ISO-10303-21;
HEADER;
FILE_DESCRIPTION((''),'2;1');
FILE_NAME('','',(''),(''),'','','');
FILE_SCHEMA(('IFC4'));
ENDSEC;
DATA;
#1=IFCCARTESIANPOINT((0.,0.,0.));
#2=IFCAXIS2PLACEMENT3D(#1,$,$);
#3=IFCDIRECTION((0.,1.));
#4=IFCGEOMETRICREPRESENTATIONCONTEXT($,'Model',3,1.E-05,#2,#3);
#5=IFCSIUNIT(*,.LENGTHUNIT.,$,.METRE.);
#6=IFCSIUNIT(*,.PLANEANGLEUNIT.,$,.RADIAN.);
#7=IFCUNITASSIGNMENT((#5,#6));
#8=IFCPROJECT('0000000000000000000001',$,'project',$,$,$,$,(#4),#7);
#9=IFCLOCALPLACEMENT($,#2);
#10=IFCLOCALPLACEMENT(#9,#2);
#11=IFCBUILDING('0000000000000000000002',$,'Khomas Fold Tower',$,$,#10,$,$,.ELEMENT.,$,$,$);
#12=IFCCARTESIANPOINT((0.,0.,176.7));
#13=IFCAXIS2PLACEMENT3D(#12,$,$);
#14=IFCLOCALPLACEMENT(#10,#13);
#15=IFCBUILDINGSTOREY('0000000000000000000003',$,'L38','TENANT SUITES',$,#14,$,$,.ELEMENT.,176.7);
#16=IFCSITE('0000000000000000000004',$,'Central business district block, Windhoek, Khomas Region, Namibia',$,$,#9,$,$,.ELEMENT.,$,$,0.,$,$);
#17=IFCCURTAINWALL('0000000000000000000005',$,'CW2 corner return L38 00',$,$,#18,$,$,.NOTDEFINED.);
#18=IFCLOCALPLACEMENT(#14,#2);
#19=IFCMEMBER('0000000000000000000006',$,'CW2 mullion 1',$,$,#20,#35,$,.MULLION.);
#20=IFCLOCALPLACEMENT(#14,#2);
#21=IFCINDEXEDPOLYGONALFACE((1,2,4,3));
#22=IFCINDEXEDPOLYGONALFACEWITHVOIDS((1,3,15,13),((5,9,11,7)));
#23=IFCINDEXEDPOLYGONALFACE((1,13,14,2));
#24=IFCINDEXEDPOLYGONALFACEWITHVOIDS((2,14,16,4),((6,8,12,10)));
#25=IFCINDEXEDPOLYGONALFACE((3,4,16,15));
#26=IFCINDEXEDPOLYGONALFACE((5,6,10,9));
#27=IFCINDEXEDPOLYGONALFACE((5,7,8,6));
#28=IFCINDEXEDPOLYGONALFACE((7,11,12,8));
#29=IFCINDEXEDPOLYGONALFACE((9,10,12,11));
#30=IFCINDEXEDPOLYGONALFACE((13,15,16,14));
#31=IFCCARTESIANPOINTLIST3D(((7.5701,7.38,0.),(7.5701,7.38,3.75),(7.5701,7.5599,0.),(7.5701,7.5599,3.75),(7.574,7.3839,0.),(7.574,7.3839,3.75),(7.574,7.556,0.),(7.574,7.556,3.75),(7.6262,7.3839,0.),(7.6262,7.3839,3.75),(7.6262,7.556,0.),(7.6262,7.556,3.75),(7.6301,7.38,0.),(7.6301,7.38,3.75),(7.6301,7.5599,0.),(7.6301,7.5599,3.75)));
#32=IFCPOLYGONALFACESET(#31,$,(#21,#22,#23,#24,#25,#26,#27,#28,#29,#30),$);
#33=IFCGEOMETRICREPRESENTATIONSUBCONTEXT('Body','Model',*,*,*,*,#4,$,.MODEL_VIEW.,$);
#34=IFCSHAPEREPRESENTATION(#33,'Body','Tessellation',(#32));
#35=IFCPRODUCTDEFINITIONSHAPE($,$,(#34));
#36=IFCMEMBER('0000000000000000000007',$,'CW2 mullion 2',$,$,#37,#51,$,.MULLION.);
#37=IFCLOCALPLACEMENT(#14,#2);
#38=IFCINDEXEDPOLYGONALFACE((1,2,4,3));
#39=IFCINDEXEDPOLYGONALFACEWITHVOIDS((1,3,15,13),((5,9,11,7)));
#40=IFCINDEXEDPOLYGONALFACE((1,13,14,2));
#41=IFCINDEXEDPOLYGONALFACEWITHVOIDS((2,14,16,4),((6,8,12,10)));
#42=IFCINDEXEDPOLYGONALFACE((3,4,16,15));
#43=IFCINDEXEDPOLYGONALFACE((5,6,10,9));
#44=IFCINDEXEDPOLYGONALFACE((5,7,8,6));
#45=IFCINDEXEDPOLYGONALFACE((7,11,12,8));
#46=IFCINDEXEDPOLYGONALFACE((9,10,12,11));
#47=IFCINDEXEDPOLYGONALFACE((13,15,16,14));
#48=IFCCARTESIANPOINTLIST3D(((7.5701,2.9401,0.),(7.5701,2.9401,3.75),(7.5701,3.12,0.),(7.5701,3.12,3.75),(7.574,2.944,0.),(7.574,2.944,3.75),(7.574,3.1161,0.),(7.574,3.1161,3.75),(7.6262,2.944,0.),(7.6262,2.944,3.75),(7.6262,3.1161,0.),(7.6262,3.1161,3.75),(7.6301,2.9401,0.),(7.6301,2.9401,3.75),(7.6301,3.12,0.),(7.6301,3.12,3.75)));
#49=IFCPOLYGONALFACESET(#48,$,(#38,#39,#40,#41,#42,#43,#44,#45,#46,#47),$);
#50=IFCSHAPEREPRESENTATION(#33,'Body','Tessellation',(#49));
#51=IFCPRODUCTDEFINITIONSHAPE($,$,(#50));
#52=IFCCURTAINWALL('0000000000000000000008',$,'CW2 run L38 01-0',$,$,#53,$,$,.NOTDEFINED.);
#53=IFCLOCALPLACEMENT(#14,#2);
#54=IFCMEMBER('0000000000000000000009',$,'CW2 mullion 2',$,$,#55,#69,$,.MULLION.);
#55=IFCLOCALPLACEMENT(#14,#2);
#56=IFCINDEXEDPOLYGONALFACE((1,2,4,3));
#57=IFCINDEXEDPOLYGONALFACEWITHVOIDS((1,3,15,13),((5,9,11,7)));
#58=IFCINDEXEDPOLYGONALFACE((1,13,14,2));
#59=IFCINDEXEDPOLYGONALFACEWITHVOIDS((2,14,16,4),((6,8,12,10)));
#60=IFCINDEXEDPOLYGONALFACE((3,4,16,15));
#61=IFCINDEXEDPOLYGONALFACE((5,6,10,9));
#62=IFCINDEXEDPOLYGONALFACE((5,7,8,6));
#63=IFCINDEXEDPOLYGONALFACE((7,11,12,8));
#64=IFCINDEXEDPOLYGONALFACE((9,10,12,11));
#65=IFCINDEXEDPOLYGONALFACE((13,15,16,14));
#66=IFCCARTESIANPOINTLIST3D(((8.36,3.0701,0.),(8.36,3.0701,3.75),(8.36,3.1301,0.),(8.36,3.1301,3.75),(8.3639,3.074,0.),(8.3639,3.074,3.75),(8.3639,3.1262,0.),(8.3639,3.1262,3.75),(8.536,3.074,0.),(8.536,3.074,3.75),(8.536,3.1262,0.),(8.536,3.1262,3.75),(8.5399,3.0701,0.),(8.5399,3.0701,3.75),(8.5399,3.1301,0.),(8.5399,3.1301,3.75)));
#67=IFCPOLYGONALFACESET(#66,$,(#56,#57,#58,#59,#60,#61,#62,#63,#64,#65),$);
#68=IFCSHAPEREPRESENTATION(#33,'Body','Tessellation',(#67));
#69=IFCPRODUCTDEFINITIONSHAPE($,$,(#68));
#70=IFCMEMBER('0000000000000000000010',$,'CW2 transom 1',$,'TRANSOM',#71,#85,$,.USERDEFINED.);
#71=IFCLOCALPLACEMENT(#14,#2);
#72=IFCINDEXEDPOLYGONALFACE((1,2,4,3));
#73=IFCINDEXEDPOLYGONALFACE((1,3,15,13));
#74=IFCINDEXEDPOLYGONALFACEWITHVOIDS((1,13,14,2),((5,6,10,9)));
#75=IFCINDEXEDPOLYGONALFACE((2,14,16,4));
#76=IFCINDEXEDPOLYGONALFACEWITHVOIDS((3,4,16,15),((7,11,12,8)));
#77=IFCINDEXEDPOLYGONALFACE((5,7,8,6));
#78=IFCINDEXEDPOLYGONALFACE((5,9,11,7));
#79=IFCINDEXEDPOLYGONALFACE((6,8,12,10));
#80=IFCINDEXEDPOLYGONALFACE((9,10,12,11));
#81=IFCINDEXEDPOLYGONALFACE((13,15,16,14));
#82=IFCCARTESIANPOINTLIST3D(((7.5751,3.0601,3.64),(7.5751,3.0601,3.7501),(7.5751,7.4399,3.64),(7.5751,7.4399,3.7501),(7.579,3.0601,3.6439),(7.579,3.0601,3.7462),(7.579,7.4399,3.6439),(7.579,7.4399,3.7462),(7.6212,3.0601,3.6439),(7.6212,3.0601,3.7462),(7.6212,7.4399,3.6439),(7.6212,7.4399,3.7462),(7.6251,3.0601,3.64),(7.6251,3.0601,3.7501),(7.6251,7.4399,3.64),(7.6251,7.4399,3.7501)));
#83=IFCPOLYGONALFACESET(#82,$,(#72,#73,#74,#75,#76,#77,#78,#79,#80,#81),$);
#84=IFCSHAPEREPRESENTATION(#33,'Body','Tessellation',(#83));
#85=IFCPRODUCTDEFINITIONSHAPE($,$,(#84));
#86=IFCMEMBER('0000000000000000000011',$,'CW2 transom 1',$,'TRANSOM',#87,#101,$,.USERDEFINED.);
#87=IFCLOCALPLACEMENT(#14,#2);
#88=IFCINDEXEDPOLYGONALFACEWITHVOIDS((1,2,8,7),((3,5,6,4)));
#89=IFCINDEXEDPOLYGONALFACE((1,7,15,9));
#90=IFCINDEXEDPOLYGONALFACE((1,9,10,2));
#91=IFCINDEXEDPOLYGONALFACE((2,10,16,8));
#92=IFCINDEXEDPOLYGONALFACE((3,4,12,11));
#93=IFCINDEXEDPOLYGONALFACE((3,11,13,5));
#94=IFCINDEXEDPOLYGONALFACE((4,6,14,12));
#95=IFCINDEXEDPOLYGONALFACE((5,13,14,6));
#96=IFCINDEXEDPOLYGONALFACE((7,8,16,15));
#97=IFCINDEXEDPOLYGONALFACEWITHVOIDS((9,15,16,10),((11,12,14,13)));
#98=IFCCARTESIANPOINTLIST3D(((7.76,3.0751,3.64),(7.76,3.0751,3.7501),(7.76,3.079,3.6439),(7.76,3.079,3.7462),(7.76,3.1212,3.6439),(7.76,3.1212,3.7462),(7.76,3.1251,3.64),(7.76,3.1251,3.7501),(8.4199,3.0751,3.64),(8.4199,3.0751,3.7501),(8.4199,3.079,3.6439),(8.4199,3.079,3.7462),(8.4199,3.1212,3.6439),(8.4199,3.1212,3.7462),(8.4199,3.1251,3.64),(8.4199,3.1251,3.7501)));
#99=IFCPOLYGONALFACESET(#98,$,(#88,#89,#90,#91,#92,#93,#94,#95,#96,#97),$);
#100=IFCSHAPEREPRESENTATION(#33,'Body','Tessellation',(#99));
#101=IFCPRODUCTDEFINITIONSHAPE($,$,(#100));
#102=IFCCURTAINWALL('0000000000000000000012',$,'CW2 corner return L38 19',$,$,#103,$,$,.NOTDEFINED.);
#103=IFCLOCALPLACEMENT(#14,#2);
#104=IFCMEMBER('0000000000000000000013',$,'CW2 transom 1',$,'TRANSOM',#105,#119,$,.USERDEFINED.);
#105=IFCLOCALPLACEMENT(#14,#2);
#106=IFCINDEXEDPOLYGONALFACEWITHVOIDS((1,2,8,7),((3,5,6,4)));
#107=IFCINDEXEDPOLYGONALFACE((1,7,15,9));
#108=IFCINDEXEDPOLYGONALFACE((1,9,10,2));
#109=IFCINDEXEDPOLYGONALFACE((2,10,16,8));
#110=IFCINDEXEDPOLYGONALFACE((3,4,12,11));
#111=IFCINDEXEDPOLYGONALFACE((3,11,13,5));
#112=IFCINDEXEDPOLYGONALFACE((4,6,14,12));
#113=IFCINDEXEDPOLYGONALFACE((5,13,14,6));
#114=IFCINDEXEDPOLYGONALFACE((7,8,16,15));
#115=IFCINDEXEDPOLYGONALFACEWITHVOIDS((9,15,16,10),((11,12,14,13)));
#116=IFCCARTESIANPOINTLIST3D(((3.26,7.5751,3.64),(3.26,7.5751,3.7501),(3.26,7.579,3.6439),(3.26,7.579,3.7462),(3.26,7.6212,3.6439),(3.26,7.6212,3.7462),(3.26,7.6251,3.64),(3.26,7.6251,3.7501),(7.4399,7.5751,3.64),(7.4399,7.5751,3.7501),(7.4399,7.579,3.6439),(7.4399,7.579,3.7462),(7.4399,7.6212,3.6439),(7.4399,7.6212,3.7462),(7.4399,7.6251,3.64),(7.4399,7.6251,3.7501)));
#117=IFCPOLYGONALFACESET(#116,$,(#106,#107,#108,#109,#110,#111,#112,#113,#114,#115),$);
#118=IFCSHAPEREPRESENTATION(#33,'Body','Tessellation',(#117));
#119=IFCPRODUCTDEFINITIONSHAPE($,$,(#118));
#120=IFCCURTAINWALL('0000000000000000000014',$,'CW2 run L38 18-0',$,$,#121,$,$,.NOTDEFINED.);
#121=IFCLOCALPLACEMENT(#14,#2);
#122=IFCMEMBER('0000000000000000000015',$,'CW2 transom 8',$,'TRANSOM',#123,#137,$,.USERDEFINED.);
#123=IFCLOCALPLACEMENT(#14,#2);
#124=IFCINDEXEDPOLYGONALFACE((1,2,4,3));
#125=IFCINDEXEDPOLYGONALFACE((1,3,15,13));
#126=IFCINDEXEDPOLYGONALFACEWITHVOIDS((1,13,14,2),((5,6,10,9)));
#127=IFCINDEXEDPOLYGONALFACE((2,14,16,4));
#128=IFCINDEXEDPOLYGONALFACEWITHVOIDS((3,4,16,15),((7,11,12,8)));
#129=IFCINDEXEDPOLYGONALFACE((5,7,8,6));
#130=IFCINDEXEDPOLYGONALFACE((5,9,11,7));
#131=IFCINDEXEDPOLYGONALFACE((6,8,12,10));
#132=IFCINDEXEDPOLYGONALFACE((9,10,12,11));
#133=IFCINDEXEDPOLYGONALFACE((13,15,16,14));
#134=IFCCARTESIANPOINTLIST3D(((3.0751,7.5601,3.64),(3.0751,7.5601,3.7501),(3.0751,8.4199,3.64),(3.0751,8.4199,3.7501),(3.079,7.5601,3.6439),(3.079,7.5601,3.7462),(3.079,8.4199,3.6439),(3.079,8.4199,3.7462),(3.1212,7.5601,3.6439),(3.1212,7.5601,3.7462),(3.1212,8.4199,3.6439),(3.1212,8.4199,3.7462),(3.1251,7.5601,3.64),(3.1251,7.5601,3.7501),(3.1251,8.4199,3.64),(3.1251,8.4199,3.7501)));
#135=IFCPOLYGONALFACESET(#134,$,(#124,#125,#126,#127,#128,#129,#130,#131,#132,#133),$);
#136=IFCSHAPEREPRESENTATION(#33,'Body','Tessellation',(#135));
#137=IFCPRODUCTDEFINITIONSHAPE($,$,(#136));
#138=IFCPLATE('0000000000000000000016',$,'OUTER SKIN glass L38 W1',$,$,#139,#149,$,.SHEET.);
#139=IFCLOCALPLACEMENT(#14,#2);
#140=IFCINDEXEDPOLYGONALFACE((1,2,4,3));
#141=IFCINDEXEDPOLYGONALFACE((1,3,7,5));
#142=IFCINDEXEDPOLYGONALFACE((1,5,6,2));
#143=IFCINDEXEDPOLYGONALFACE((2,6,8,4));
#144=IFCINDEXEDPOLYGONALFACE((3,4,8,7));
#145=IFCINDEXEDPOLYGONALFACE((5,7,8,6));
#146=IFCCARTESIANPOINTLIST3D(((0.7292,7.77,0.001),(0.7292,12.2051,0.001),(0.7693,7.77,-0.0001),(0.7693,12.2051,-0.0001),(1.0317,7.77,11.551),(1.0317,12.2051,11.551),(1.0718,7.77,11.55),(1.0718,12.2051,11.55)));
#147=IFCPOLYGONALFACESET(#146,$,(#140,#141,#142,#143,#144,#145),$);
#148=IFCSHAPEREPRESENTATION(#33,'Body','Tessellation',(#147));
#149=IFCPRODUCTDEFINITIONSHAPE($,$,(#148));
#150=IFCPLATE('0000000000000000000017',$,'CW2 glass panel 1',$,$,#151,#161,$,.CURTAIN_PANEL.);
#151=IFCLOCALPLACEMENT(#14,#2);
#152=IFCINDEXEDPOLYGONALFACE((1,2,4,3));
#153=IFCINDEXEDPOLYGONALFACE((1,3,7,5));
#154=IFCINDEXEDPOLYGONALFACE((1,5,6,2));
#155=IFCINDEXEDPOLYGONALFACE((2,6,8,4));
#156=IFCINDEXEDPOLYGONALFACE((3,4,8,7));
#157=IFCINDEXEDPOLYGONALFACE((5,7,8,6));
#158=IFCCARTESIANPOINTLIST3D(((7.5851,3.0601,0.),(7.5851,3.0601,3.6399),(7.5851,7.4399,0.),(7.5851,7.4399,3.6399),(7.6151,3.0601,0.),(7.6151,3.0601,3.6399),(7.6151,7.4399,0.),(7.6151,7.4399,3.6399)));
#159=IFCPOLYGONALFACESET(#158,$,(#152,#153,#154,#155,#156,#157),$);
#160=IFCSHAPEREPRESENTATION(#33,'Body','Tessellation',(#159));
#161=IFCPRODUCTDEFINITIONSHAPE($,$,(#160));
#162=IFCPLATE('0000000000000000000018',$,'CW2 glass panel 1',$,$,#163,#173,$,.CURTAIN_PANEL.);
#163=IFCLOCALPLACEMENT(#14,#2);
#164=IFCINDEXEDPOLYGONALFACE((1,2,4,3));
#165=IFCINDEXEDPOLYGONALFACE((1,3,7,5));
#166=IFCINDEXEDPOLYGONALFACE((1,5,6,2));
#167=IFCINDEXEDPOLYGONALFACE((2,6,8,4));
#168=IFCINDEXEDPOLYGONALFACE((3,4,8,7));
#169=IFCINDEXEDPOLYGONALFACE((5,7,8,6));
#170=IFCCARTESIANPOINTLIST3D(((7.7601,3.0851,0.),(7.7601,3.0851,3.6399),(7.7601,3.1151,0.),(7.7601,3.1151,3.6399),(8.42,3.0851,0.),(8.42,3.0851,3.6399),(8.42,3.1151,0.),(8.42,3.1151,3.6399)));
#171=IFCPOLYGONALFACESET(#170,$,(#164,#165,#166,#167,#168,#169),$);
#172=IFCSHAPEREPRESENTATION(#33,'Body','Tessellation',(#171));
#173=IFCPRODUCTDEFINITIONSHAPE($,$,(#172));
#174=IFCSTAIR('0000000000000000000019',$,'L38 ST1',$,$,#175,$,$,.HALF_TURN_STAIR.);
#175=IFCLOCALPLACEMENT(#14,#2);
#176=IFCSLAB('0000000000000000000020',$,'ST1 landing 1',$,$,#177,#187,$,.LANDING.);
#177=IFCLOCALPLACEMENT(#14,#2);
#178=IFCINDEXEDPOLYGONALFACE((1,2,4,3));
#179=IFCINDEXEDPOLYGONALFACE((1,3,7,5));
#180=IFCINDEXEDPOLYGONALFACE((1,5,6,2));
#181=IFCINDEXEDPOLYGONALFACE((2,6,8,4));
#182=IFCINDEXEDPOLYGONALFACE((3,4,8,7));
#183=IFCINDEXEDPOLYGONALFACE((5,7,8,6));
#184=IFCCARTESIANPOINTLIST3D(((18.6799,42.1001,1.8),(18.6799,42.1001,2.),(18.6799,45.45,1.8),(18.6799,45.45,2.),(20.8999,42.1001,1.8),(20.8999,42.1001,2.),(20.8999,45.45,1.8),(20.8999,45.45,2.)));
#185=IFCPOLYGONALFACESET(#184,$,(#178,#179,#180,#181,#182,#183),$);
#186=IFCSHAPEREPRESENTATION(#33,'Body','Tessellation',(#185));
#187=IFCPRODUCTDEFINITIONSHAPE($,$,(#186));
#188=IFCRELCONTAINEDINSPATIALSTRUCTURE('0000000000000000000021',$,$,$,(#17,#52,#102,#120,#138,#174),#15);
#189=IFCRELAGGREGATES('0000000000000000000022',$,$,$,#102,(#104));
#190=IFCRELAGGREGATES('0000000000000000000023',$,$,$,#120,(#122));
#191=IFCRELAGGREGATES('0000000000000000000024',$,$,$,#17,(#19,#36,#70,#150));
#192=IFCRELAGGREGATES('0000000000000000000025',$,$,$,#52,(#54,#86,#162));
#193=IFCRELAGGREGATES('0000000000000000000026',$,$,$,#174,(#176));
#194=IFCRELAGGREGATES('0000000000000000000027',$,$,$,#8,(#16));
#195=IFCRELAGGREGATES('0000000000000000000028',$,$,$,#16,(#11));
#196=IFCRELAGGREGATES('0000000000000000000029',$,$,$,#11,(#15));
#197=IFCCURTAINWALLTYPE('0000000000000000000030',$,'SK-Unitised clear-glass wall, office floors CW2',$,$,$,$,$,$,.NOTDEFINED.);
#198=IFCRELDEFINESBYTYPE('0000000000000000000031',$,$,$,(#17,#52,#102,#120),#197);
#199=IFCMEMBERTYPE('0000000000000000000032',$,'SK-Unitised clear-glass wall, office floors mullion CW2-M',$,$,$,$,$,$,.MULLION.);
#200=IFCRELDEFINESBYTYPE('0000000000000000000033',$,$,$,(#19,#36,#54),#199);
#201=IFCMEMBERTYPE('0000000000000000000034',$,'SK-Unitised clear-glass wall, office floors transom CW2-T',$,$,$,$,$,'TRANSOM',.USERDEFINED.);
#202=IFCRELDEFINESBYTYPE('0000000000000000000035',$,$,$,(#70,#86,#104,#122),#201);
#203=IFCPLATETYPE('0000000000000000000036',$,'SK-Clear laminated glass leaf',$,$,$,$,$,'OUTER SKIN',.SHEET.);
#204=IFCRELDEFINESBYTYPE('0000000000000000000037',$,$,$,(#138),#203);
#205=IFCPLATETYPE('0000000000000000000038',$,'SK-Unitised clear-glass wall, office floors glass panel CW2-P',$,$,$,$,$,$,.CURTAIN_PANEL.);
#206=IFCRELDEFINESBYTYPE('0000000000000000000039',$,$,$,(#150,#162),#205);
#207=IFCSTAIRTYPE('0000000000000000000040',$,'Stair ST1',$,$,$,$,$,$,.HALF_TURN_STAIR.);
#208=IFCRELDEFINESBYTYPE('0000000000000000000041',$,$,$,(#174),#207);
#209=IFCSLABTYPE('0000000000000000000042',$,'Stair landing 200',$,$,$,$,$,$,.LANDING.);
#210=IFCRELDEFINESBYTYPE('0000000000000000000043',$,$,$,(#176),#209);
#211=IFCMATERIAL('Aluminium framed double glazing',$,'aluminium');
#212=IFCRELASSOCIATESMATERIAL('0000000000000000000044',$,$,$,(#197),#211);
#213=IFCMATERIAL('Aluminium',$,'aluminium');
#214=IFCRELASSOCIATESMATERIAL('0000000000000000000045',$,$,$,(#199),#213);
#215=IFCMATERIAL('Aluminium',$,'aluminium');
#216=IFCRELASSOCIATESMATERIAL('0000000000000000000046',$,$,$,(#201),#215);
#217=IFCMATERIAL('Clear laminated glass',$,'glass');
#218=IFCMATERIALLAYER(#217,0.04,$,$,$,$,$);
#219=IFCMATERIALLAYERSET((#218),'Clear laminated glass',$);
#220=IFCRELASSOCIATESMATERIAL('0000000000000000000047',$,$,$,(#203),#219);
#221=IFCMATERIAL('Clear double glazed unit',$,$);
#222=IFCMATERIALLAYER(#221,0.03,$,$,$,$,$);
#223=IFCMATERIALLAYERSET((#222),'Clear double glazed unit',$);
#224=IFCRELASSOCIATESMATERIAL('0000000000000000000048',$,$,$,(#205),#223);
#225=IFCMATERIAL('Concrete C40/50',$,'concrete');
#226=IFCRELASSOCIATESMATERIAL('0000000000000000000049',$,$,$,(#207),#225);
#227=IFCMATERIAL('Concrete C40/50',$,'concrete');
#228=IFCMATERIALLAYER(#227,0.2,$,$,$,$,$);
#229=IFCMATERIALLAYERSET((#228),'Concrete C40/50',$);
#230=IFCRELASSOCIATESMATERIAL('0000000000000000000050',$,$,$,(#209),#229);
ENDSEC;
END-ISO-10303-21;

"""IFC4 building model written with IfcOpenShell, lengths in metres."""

from ifc_helpers import new_model, si_unit, direction, frame, origin, origin_2d, place, context, subcontext, project, spatial, polyline, rectangle, hollow_rectangle, outline, extrude, source, transform, mapped, material, layer, layer_set, material_profile, profile_set, type_object, element, aggregate, save


model = new_model("IFC4")

# Units and contexts
model_context = context("Model", 3, precision=1e-05, world=origin(), true_north=direction((0.0, 1.0)))
body_context = subcontext(model_context, "Body", "Model", "MODEL_VIEW")
ifc_project = project(units=[si_unit("LENGTHUNIT", "METRE"), si_unit("PLANEANGLEUNIT", "RADIAN")], contexts=[model_context])

# Site, building, storey
site_placement = place(None, origin())
site = spatial("IfcSite", under=ifc_project, at=site_placement, Name="Central business district block, Windhoek, Khomas Region, Namibia", CompositionType="ELEMENT", RefElevation=0.0)
building_placement = place(site_placement, origin())
building = spatial("IfcBuilding", under=site, at=building_placement, Name="Khomas Fold Tower", CompositionType="ELEMENT")
storey_placement = place(building_placement, frame((0.0, 0.0, 176.7)))
storey = spatial("IfcBuildingStorey", under=building, at=storey_placement, Name="L38", Description="TENANT SUITES", CompositionType="ELEMENT", Elevation=176.7)

# Curtain wall, members
ifc_material_1 = material(Name="Aluminium framed double glazing", Category="aluminium")
curtain_wall_type = type_object("IfcCurtainWallType", Name="SK-Unitised clear-glass wall, office floors CW2", PredefinedType="NOTDEFINED", material=ifc_material_1)
curtain_wall_1_placement = place(storey_placement, origin())
curtain_wall_1 = element("IfcCurtainWall", 1, at=curtain_wall_1_placement, inside=storey, type_object=curtain_wall_type, Name="CW2 corner return L38 00", PredefinedType="NOTDEFINED")
ifc_material_2 = material(Name="Aluminium", Category="aluminium")
ifc_material_profile_1 = material_profile(ifc_material_2, hollow_rectangle(XDim=0.0601, YDim=0.1799, WallThickness=0.0039, at=origin_2d()), Name="SK-Unitised clear-glass wall, office floors mullion CW2-M")
ifc_profile_set_1 = profile_set([ifc_material_profile_1], Name="Aluminium")
member_type_1 = type_object("IfcMemberType", Name="SK-Unitised clear-glass wall, office floors mullion CW2-M", PredefinedType="MULLION", material=ifc_profile_set_1)
shared_shape_1 = source(origin(), body_context, "Body", "SweptSolid", [
    extrude(hollow_rectangle(XDim=0.0601, YDim=0.1799, WallThickness=0.0039, at=origin_2d()), origin(), (0.0, 0.0, 1.0), 3.75),
])
member_1_placement = place(storey_placement, frame((7.6001, 7.47, 0.0), z_axis=(0.0, 0.0, 1.0), x_axis=(1.0, 0.0, 0.0)))
member_1 = element("IfcMember", 2, at=member_1_placement, type_object=member_type_1, Name="CW2 mullion 1", PredefinedType="MULLION", context=body_context, shape_type="MappedRepresentation", body=[
    mapped(shared_shape_1, transform((0.0, 0.0, 0.0))),
])
member_2_placement = place(storey_placement, frame((7.6001, 3.03, 0.0), z_axis=(0.0, 0.0, 1.0), x_axis=(1.0, 0.0, 0.0)))
member_2 = element("IfcMember", 3, at=member_2_placement, type_object=member_type_1, Name="CW2 mullion 2", PredefinedType="MULLION", context=body_context, shape_type="MappedRepresentation", body=[
    mapped(shared_shape_1, transform((0.0, 0.0, 0.0))),
])

# Curtain wall, member
curtain_wall_2_placement = place(storey_placement, origin())
curtain_wall_2 = element("IfcCurtainWall", 4, at=curtain_wall_2_placement, inside=storey, type_object=curtain_wall_type, Name="CW2 run L38 01-0", PredefinedType="NOTDEFINED")
member_3_placement = place(storey_placement, frame((8.45, 3.1001, 0.0), z_axis=(0.0, 0.0, 1.0), x_axis=(0.0, 1.0, 0.0)))
member_3 = element("IfcMember", 5, at=member_3_placement, type_object=member_type_1, Name="CW2 mullion 2", PredefinedType="MULLION", context=body_context, shape_type="MappedRepresentation", body=[
    mapped(shared_shape_1, transform((0.0, 0.0, 0.0))),
])

# Members
ifc_material_3 = material(Name="Aluminium", Category="aluminium")
ifc_material_profile_2 = material_profile(ifc_material_3, hollow_rectangle(XDim=0.05, YDim=0.1101, WallThickness=0.0039, at=origin_2d()), Name="SK-Unitised clear-glass wall, office floors transom CW2-T")
ifc_profile_set_2 = profile_set([ifc_material_profile_2], Name="Aluminium")
member_type_2 = type_object("IfcMemberType", Name="SK-Unitised clear-glass wall, office floors transom CW2-T", ElementType="TRANSOM", PredefinedType="USERDEFINED", material=ifc_profile_set_2)
shared_shape_2 = source(origin(), body_context, "Body", "SweptSolid", [
    extrude(hollow_rectangle(XDim=0.05, YDim=0.1101, WallThickness=0.0039, at=origin_2d()), origin(), (0.0, 0.0, 1.0), 4.3799),
])
member_4_placement = place(storey_placement, frame((7.6001, 7.4399, 3.6951), z_axis=(0.0, -1.0, 0.0), x_axis=(1.0, 0.0, 0.0)))
member_4 = element("IfcMember", 6, at=member_4_placement, type_object=member_type_2, Name="CW2 transom 1", ObjectType="TRANSOM", PredefinedType="USERDEFINED", context=body_context, shape_type="MappedRepresentation", body=[
    mapped(shared_shape_2, transform((0.0, 0.0, 0.0))),
])
shared_shape_3 = source(origin(), body_context, "Body", "SweptSolid", [
    extrude(hollow_rectangle(XDim=0.05, YDim=0.1101, WallThickness=0.0039, at=origin_2d()), origin(), (0.0, 0.0, 1.0), 0.6599),
])
member_5_placement = place(storey_placement, frame((7.76, 3.1001, 3.6951), z_axis=(1.0, 0.0, 0.0), x_axis=(0.0, 1.0, 0.0)))
member_5 = element("IfcMember", 7, at=member_5_placement, type_object=member_type_2, Name="CW2 transom 1", ObjectType="TRANSOM", PredefinedType="USERDEFINED", context=body_context, shape_type="MappedRepresentation", body=[
    mapped(shared_shape_3, transform((0.0, 0.0, 0.0))),
])

# Curtain walls, members
curtain_wall_3_placement = place(storey_placement, origin())
curtain_wall_3 = element("IfcCurtainWall", 8, at=curtain_wall_3_placement, inside=storey, type_object=curtain_wall_type, Name="CW2 corner return L38 19", PredefinedType="NOTDEFINED")
shared_shape_4 = source(origin(), body_context, "Body", "SweptSolid", [
    extrude(hollow_rectangle(XDim=0.05, YDim=0.1101, WallThickness=0.0039, at=origin_2d()), origin(), (0.0, 0.0, 1.0), 4.1799),
])
member_6_placement = place(storey_placement, frame((3.26, 7.6001, 3.6951), z_axis=(1.0, 0.0, 0.0), x_axis=(0.0, 1.0, 0.0)))
member_6 = element("IfcMember", 9, at=member_6_placement, type_object=member_type_2, Name="CW2 transom 1", ObjectType="TRANSOM", PredefinedType="USERDEFINED", context=body_context, shape_type="MappedRepresentation", body=[
    mapped(shared_shape_4, transform((0.0, 0.0, 0.0))),
])
aggregate(curtain_wall_3, [member_6])
curtain_wall_4_placement = place(storey_placement, origin())
curtain_wall_4 = element("IfcCurtainWall", 10, at=curtain_wall_4_placement, inside=storey, type_object=curtain_wall_type, Name="CW2 run L38 18-0", PredefinedType="NOTDEFINED")
shared_shape_5 = source(origin(), body_context, "Body", "SweptSolid", [
    extrude(hollow_rectangle(XDim=0.05, YDim=0.1101, WallThickness=0.0039, at=origin_2d()), origin(), (0.0, 0.0, 1.0), 0.8599),
])
member_7_placement = place(storey_placement, frame((3.1001, 8.4199, 3.6951), z_axis=(0.0, -1.0, 0.0), x_axis=(1.0, 0.0, 0.0)))
member_7 = element("IfcMember", 11, at=member_7_placement, type_object=member_type_2, Name="CW2 transom 8", ObjectType="TRANSOM", PredefinedType="USERDEFINED", context=body_context, shape_type="MappedRepresentation", body=[
    mapped(shared_shape_5, transform((0.0, 0.0, 0.0))),
])
aggregate(curtain_wall_4, [member_7])

# Plates
ifc_material_4 = material(Name="Clear laminated glass", Category="glass")
ifc_layer_1 = layer(ifc_material_4, 0.04)
ifc_layer_set_1 = layer_set([ifc_layer_1], Name="Clear laminated glass")
plate_type_1 = type_object("IfcPlateType", Name="SK-Clear laminated glass leaf", ElementType="OUTER SKIN", PredefinedType="SHEET", material=ifc_layer_set_1)
plate_1_placement = place(storey_placement, frame((0.7292, 7.77, 0.001), z_axis=(-0.999657, 0.0, 0.026181), x_axis=(0.0, 1.0, 0.0)))
element("IfcPlate", 12, at=plate_1_placement, inside=storey, type_object=plate_type_1, Name="OUTER SKIN glass L38 W1", PredefinedType="SHEET", context=body_context, shape_type="SweptSolid", body=[
    extrude(outline(polyline([(0.0, 0.0), (4.4351, 0.0), (4.4351, -11.554), (0.0, -11.554), (0.0, 0.0)])), origin(), (0.0, 0.0, -1.0), 0.04),
])
ifc_material_5 = material(Name="Clear double glazed unit")
ifc_layer_2 = layer(ifc_material_5, 0.03)
ifc_layer_set_2 = layer_set([ifc_layer_2], Name="Clear double glazed unit")
plate_type_2 = type_object("IfcPlateType", Name="SK-Unitised clear-glass wall, office floors glass panel CW2-P", PredefinedType="CURTAIN_PANEL", material=ifc_layer_set_2)
shared_shape_6 = source(origin(), body_context, "Body", "SweptSolid", [
    extrude(rectangle(XDim=4.3799, YDim=0.03, at=origin_2d()), origin(), (0.0, 0.0, 1.0), 3.6399),
])
plate_2_placement = place(storey_placement, frame((7.6001, 5.25, 0.0), z_axis=(0.0, 0.0, 1.0), x_axis=(0.0, -1.0, 0.0)))
plate_2 = element("IfcPlate", 13, at=plate_2_placement, type_object=plate_type_2, Name="CW2 glass panel 1", PredefinedType="CURTAIN_PANEL", context=body_context, shape_type="MappedRepresentation", body=[
    mapped(shared_shape_6, transform((0.0, 0.0, 0.0))),
])
aggregate(curtain_wall_1, [member_1, member_2, member_4, plate_2])
shared_shape_7 = source(origin(), body_context, "Body", "SweptSolid", [
    extrude(rectangle(XDim=0.6599, YDim=0.03, at=origin_2d()), origin(), (0.0, 0.0, 1.0), 3.6399),
])
plate_3_placement = place(storey_placement, frame((8.0901, 3.1001, 0.0), z_axis=(0.0, 0.0, 1.0), x_axis=(1.0, 0.0, 0.0)))
plate_3 = element("IfcPlate", 14, at=plate_3_placement, type_object=plate_type_2, Name="CW2 glass panel 1", PredefinedType="CURTAIN_PANEL", context=body_context, shape_type="MappedRepresentation", body=[
    mapped(shared_shape_7, transform((0.0, 0.0, 0.0))),
])
aggregate(curtain_wall_2, [member_3, member_5, plate_3])

# Stair, slab
ifc_material_6 = material(Name="Concrete C40/50", Category="concrete")
stair_type_1 = type_object("IfcStairType", Name="Stair ST1", PredefinedType="HALF_TURN_STAIR", material=ifc_material_6)
stair_1_placement = place(storey_placement, origin())
stair_1 = element("IfcStair", 15, at=stair_1_placement, inside=storey, type_object=stair_type_1, Name="L38 ST1", PredefinedType="HALF_TURN_STAIR")
ifc_material_7 = material(Name="Concrete C40/50", Category="concrete")
ifc_layer_3 = layer(ifc_material_7, 0.2)
ifc_layer_set_3 = layer_set([ifc_layer_3], Name="Concrete C40/50")
slab_type = type_object("IfcSlabType", Name="Stair landing 200", PredefinedType="LANDING", material=ifc_layer_set_3)
shared_shape_8 = source(origin(), body_context, "Body", "SweptSolid", [
    extrude(outline(polyline([(18.6799, 42.1001), (20.8999, 42.1001), (20.8999, 45.45), (18.6799, 45.45), (18.6799, 42.1001)])), origin(), (0.0, 0.0, 1.0), 0.2),
])
slab_1_placement = place(storey_placement, frame((0.0, 0.0, 1.8)))
slab_1 = element("IfcSlab", 16, at=slab_1_placement, type_object=slab_type, Name="ST1 landing 1", PredefinedType="LANDING", context=body_context, shape_type="MappedRepresentation", body=[
    mapped(shared_shape_8, transform((0.0, 0.0, 0.0))),
])
aggregate(stair_1, [slab_1])

save(model, "model.ifc")
